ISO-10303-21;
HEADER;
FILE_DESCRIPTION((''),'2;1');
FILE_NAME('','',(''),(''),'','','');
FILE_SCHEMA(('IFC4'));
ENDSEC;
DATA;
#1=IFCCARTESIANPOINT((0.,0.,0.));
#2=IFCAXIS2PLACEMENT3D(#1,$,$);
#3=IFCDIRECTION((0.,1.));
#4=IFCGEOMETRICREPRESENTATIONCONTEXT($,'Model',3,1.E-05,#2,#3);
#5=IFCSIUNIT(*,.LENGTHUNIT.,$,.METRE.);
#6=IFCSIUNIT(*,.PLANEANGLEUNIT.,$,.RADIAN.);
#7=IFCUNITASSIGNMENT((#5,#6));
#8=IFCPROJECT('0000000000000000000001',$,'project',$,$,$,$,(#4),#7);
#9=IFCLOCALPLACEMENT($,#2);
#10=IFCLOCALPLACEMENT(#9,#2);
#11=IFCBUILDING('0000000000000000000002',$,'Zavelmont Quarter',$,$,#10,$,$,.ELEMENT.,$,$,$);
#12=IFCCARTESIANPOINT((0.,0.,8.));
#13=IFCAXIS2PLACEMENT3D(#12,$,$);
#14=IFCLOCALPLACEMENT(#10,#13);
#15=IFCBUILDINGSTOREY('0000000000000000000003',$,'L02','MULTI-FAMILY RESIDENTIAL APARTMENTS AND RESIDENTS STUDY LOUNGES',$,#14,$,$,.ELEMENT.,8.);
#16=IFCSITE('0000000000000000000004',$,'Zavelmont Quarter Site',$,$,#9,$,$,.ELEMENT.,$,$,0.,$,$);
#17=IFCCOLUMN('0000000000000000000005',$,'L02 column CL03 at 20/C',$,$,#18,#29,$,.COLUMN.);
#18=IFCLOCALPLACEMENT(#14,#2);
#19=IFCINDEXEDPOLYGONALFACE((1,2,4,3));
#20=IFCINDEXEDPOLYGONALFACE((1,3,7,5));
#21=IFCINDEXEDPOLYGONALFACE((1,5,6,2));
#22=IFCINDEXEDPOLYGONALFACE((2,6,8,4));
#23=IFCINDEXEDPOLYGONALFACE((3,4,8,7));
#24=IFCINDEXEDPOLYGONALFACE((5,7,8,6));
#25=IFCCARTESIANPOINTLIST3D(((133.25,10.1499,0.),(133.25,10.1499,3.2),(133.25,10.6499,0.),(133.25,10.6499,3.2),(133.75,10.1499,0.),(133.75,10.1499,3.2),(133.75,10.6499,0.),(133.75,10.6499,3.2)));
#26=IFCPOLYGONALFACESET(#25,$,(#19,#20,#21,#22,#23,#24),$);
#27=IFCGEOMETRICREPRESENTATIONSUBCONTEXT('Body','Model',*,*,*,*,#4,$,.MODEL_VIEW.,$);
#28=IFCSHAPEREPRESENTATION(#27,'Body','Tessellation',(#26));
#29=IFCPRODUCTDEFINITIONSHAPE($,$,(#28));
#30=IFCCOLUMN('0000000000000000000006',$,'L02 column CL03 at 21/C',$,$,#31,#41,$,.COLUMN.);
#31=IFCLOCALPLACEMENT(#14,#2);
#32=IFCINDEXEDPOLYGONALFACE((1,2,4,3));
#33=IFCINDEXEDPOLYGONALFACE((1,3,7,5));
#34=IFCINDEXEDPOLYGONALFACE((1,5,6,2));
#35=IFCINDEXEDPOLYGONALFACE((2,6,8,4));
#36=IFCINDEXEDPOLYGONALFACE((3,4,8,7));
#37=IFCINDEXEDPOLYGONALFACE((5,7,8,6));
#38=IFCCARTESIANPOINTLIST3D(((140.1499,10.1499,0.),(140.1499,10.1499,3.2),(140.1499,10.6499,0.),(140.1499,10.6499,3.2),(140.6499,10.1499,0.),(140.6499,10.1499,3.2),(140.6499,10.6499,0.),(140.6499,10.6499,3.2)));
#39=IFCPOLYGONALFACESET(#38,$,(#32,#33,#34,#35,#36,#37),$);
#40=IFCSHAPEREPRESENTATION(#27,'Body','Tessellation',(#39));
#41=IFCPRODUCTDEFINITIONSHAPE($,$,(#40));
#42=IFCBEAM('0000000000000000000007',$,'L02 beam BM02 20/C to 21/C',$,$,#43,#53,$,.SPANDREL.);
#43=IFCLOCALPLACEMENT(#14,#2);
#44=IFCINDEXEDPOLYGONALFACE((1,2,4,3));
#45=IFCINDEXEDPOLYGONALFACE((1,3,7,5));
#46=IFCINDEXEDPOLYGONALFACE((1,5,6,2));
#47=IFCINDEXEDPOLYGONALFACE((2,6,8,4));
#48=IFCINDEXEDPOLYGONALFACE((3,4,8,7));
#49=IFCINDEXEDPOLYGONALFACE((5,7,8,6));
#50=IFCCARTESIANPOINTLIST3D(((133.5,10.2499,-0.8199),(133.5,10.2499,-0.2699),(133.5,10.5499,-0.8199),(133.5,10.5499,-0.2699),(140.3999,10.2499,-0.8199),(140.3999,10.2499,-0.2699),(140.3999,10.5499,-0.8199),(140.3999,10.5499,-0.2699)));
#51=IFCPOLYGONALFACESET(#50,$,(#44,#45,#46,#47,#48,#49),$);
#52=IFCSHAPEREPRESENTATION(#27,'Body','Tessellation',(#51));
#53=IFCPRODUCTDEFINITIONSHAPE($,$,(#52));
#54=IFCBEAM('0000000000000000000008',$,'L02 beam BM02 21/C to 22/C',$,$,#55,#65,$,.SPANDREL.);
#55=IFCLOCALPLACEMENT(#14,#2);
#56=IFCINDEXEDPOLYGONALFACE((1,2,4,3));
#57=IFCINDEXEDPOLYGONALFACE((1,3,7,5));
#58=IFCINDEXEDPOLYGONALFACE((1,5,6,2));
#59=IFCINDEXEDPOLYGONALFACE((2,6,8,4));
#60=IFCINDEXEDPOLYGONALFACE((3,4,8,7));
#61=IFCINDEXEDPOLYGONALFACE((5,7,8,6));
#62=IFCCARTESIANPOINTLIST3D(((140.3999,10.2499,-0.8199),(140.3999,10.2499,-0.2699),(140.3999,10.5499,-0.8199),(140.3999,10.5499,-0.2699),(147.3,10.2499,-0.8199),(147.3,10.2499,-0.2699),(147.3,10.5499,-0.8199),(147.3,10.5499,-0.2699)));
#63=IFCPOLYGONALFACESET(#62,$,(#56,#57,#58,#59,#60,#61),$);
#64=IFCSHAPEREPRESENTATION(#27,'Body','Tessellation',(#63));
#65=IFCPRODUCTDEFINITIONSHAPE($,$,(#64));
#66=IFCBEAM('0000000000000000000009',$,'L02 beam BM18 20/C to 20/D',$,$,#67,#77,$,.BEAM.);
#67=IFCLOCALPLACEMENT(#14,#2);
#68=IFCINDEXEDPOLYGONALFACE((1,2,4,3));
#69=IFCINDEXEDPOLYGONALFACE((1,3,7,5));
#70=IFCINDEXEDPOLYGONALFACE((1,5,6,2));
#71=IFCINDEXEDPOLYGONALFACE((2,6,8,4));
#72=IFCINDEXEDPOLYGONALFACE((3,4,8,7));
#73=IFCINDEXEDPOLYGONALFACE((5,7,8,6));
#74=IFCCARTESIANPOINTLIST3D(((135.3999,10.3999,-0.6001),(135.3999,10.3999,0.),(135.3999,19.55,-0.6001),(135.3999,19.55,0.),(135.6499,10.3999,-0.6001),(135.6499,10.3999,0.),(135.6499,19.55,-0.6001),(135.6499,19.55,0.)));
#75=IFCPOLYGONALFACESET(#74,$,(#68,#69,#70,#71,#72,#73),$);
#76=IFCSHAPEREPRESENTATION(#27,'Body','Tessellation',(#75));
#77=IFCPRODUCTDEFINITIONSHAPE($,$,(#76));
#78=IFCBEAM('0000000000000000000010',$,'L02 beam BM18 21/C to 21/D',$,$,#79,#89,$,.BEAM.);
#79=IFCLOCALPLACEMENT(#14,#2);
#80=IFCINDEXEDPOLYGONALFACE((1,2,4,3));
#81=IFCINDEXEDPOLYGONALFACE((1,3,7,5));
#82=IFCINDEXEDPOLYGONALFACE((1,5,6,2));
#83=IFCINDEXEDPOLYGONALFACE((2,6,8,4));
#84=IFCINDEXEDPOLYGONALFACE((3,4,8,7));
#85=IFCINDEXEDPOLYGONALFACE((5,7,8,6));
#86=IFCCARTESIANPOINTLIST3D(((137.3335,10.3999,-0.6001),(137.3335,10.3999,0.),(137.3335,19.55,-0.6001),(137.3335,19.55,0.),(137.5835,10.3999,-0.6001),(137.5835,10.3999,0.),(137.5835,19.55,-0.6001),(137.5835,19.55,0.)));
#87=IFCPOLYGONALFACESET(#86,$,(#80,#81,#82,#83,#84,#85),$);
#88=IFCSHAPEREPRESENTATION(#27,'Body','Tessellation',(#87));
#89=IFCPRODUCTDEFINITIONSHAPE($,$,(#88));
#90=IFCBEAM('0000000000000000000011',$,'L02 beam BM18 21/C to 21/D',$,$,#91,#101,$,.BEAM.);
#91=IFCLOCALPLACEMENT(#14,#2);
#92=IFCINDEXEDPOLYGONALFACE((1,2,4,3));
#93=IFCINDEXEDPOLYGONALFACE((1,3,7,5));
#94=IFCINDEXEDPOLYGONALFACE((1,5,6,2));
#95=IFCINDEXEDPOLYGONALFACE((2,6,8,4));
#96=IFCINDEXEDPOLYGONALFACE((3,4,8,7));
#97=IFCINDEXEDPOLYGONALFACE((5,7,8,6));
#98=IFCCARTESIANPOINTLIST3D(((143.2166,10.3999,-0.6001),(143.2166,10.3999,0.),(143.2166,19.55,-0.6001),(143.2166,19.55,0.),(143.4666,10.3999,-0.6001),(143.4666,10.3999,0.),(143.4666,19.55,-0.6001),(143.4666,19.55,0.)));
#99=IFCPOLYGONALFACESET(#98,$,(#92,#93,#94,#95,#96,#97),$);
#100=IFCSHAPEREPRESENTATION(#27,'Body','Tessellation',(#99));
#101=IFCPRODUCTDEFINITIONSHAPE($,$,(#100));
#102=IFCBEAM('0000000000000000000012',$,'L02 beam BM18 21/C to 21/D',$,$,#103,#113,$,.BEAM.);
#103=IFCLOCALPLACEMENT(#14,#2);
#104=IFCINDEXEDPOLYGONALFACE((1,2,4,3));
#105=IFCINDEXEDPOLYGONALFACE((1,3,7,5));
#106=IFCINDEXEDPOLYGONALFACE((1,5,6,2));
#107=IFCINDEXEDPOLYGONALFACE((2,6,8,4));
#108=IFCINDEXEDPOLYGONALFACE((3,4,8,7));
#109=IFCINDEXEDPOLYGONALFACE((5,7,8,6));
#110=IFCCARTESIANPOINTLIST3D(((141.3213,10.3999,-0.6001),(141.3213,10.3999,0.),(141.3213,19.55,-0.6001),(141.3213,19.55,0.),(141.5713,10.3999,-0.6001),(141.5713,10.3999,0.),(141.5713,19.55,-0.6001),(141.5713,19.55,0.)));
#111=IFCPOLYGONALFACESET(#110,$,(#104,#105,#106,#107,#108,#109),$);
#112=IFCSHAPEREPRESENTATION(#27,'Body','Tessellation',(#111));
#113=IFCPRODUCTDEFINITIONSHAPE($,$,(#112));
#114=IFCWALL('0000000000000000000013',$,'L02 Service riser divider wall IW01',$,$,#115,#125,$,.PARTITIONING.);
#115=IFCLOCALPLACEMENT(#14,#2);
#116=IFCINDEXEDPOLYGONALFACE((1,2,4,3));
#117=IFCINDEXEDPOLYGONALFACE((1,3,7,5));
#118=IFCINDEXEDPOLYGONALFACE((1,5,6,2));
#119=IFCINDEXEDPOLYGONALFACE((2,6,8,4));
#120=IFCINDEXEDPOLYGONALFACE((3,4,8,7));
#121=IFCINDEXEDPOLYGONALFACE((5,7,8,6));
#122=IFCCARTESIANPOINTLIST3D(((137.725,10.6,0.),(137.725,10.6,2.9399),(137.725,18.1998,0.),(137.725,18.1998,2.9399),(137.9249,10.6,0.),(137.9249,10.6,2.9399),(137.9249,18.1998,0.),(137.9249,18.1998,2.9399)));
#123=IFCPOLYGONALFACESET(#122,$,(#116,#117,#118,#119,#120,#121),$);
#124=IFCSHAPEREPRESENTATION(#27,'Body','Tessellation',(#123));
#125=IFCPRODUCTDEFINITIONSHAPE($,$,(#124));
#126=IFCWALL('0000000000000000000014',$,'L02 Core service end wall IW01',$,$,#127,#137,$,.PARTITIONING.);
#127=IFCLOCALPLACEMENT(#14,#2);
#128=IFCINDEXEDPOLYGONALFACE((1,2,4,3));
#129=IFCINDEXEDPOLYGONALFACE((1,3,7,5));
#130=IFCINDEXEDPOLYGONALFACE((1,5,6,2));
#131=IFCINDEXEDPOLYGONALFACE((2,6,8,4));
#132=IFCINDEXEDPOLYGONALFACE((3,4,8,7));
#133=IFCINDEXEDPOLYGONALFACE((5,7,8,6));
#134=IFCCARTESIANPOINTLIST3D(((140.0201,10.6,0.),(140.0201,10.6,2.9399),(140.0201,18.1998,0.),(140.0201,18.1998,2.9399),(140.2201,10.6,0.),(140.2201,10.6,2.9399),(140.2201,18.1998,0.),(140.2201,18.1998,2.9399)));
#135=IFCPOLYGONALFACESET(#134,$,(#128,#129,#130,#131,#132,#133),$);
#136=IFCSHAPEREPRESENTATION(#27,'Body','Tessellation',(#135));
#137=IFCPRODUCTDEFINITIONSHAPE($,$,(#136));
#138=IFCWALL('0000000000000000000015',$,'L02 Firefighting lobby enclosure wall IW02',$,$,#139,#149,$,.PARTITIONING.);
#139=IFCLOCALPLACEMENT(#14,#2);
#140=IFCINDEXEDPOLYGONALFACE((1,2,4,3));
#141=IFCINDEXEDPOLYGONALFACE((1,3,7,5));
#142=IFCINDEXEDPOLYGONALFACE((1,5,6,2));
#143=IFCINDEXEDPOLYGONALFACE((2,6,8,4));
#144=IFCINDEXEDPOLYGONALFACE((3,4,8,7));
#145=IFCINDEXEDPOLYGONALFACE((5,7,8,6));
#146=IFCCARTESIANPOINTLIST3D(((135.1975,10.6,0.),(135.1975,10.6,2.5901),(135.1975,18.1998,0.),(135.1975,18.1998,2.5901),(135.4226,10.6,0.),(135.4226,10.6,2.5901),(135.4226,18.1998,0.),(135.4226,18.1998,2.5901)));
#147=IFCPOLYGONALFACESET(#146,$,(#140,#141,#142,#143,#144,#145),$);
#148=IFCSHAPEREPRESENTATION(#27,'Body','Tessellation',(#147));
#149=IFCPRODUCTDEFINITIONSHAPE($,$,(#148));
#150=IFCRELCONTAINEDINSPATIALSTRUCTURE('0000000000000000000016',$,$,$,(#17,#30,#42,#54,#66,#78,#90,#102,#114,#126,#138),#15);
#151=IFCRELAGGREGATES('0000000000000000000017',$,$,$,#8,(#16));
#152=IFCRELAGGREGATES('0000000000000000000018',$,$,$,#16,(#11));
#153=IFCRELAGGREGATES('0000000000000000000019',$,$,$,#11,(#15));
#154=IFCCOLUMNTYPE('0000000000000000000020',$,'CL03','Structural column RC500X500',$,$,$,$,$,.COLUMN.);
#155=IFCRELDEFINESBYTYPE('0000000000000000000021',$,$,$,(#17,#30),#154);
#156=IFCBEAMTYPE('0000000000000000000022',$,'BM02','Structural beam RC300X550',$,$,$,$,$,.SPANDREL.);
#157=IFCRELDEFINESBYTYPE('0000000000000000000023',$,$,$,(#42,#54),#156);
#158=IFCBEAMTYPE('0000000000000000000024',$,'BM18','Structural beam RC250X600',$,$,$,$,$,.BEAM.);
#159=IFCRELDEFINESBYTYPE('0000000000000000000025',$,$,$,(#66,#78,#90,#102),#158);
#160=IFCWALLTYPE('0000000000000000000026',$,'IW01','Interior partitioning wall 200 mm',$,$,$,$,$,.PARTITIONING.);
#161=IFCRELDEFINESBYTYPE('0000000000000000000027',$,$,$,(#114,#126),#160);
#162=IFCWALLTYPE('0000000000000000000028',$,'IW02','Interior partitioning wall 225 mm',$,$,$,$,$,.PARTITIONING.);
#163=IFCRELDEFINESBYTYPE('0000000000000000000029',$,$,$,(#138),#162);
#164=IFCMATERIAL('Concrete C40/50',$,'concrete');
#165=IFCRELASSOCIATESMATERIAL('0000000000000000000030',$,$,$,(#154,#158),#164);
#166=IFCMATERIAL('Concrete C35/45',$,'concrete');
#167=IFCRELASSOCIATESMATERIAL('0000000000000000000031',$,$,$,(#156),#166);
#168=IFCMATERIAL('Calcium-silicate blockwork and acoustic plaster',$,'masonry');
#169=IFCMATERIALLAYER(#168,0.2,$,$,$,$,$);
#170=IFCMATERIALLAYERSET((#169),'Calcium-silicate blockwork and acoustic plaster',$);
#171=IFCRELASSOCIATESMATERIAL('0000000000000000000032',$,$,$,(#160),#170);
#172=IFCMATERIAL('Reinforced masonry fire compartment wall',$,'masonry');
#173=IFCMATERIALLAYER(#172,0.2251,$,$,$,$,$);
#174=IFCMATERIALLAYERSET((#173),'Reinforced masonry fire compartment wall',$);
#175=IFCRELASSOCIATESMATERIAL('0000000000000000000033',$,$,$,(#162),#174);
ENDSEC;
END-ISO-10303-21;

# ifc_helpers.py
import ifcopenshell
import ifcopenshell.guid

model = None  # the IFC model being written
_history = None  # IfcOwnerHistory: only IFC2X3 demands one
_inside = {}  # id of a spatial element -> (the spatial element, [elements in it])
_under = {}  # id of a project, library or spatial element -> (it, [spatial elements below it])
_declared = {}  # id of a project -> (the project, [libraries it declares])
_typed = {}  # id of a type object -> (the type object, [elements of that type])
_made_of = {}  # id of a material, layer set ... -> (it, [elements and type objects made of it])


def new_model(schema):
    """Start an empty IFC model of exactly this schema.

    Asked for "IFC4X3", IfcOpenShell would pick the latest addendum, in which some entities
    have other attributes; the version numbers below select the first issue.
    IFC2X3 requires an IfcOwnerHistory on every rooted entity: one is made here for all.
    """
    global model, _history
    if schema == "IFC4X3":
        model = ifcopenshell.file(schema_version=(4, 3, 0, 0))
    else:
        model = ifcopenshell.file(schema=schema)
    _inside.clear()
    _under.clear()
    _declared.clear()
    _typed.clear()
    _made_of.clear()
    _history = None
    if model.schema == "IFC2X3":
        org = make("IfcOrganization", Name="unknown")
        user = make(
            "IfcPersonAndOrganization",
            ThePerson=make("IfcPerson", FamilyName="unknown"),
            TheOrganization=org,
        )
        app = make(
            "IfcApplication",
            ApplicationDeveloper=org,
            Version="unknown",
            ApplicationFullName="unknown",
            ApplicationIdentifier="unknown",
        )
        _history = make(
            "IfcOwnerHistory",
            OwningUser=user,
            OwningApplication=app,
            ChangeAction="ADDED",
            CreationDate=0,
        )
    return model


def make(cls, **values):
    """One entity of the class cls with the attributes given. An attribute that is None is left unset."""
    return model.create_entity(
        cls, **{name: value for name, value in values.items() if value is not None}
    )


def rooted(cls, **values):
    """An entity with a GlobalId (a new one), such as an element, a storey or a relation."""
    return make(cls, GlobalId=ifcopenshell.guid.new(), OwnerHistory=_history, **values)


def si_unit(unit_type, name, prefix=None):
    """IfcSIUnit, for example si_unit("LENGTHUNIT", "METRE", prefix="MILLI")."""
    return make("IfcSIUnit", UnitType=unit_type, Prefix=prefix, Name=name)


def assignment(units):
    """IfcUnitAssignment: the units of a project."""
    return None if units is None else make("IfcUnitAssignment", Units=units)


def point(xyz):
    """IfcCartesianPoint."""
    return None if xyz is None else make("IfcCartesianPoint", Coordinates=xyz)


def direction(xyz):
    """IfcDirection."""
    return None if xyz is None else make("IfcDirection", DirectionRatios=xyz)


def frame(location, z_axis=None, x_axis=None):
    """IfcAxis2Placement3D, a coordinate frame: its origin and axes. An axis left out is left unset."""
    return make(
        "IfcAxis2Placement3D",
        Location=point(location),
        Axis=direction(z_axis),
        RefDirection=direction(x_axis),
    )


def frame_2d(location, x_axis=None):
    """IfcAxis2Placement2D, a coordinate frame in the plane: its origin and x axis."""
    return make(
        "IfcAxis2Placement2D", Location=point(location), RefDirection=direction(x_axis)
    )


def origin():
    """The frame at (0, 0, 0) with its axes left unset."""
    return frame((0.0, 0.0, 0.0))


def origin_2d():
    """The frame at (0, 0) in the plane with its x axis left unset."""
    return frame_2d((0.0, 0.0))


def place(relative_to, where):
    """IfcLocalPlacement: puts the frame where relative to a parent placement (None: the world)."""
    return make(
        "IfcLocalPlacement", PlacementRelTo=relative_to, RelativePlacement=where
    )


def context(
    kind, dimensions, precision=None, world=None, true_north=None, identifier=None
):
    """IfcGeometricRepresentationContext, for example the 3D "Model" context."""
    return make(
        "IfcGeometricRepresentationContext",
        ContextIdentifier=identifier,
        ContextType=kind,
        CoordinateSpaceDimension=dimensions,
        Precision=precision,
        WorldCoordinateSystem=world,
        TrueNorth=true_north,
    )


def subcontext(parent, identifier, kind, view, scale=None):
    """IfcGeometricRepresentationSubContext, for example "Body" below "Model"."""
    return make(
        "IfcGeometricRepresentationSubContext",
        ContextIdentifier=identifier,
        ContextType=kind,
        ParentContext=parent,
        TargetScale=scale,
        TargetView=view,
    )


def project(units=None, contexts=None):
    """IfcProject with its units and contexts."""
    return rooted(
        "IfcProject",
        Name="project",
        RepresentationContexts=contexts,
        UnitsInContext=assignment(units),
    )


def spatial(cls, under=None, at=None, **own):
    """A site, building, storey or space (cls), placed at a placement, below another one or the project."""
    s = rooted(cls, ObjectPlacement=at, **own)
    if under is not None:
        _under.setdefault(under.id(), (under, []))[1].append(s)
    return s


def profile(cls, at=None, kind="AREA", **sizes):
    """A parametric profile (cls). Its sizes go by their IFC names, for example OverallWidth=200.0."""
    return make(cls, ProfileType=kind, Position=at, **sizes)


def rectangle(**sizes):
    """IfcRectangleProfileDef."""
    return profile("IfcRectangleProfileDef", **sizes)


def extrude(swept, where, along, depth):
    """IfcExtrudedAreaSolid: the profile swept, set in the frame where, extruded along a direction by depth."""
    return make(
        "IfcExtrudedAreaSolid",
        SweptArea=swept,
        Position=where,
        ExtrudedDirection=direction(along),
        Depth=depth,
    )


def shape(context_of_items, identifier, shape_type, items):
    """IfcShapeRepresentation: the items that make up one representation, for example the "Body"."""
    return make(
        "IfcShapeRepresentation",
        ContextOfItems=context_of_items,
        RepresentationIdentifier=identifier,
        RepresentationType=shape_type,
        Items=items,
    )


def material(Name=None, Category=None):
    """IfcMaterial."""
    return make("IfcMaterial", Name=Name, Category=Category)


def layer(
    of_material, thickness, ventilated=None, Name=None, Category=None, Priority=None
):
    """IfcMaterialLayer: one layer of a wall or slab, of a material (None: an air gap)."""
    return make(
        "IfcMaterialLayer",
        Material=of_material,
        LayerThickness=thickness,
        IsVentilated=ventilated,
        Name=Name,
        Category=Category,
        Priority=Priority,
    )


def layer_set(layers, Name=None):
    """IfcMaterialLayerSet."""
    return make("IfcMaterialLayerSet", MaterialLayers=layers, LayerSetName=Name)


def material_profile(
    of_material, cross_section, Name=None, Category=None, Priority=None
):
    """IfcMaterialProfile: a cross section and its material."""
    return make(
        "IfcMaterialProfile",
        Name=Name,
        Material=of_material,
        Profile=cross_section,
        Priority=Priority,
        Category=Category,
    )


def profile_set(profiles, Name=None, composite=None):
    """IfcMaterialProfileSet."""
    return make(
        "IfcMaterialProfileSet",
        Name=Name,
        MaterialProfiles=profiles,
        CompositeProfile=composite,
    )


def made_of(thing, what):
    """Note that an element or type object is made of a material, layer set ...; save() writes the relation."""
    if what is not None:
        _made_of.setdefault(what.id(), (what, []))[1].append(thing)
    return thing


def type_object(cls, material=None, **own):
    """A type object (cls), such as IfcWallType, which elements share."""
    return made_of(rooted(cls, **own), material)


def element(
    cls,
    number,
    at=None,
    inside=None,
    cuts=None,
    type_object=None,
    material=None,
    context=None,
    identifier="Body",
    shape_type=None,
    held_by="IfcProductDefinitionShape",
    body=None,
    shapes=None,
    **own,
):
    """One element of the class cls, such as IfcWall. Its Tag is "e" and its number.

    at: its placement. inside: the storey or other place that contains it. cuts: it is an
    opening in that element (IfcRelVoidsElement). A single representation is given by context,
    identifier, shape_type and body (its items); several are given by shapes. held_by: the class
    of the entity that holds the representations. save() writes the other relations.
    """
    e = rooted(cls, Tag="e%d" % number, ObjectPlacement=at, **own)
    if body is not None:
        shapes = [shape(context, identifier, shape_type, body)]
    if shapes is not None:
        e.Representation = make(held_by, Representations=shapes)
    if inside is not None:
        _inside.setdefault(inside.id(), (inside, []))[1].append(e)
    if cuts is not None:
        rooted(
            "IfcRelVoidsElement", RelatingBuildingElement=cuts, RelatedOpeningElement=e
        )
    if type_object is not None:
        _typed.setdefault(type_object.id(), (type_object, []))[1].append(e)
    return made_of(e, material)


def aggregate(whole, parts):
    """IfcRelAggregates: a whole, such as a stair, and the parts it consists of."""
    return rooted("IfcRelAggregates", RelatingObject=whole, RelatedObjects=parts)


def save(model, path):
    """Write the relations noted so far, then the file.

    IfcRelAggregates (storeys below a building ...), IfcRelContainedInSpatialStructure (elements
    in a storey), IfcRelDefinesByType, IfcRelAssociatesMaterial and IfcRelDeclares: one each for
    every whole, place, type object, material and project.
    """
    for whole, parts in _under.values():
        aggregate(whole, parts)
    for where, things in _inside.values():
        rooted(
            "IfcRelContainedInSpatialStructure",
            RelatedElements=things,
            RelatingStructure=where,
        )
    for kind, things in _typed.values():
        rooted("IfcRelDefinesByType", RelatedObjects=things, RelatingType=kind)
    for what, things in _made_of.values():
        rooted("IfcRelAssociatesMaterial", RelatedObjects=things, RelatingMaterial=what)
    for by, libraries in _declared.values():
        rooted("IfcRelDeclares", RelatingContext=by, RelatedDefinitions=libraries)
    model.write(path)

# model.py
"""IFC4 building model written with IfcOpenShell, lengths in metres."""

from ifc_helpers import new_model, si_unit, direction, frame, frame_2d, origin, origin_2d, place, context, subcontext, project, spatial, rectangle, extrude, material, layer, layer_set, material_profile, profile_set, type_object, element, save


model = new_model("IFC4")

# Units and contexts
model_context = context("Model", 3, precision=1e-05, world=origin(), true_north=direction((0.0, 1.0)))
body_context = subcontext(model_context, "Body", "Model", "MODEL_VIEW")
ifc_project = project(units=[si_unit("LENGTHUNIT", "METRE"), si_unit("PLANEANGLEUNIT", "RADIAN")], contexts=[model_context])

# Site, building, storey
site_placement = place(None, origin())
site = spatial("IfcSite", under=ifc_project, at=site_placement, Name="Zavelmont Quarter Site", CompositionType="ELEMENT", RefElevation=0.0)
building_placement = place(site_placement, origin())
building = spatial("IfcBuilding", under=site, at=building_placement, Name="Zavelmont Quarter", CompositionType="ELEMENT")
storey_placement = place(building_placement, frame((0.0, 0.0, 8.0)))
storey = spatial("IfcBuildingStorey", under=building, at=storey_placement, Name="L02", Description="MULTI-FAMILY RESIDENTIAL APARTMENTS AND RESIDENTS STUDY LOUNGES", CompositionType="ELEMENT", Elevation=8.0)

# Columns
ifc_material_1 = material(Name="Concrete C40/50", Category="concrete")
ifc_material_profile_1 = material_profile(ifc_material_1, rectangle(XDim=0.5, YDim=0.5, at=origin_2d()), Name="RC500X500")
ifc_profile_set_1 = profile_set([ifc_material_profile_1], Name="Concrete C40/50")
column_type = type_object("IfcColumnType", Name="CL03", Description="Structural column RC500X500", PredefinedType="COLUMN", material=ifc_profile_set_1)
for number, where, z_axis, x_axis, name in (
    (1, (133.5, 10.3999, 0.0), (0.0, 0.0, 1.0), (1.0, 0.0, 0.0), "L02 column CL03 at 20/C"),
    (2, (140.3999, 10.3999, 0.0), (0.0, 0.0, 1.0), (1.0, 0.0, 0.0), "L02 column CL03 at 21/C"),
):
    element("IfcColumn", number, at=place(storey_placement, frame(where, z_axis=z_axis, x_axis=x_axis)), inside=storey, type_object=column_type, Name=name, PredefinedType="COLUMN", context=body_context, shape_type="SweptSolid", body=[
        extrude(rectangle(XDim=0.5, YDim=0.5, at=origin_2d()), origin(), (0.0, 0.0, 1.0), 3.2),
    ])

# Beams
ifc_material_2 = material(Name="Concrete C35/45", Category="concrete")
ifc_material_profile_2 = material_profile(ifc_material_2, rectangle(XDim=0.3, YDim=0.55, at=origin_2d()), Name="RC300X550")
ifc_profile_set_2 = profile_set([ifc_material_profile_2], Name="Concrete C35/45")
beam_type_1 = type_object("IfcBeamType", Name="BM02", Description="Structural beam RC300X550", PredefinedType="SPANDREL", material=ifc_profile_set_2)
beam_1_placement = place(storey_placement, frame((133.5, 10.3999, -0.5449), z_axis=(1.0, 0.0, 0.0), x_axis=(0.0, 1.0, 0.0)))
element("IfcBeam", 3, at=beam_1_placement, inside=storey, type_object=beam_type_1, Name="L02 beam BM02 20/C to 21/C", PredefinedType="SPANDREL", context=body_context, shape_type="SweptSolid", body=[
    extrude(rectangle(XDim=0.3, YDim=0.55, at=origin_2d()), origin(), (0.0, 0.0, 1.0), 6.8999),
])
beam_2_placement = place(storey_placement, frame((140.3999, 10.3999, -0.5449), z_axis=(1.0, 0.0, 0.0), x_axis=(0.0, 1.0, 0.0)))
element("IfcBeam", 4, at=beam_2_placement, inside=storey, type_object=beam_type_1, Name="L02 beam BM02 21/C to 22/C", PredefinedType="SPANDREL", context=body_context, shape_type="SweptSolid", body=[
    extrude(rectangle(XDim=0.3, YDim=0.55, at=origin_2d()), origin(), (0.0, 0.0, 1.0), 6.9001),
])
ifc_material_profile_3 = material_profile(ifc_material_1, rectangle(XDim=0.25, YDim=0.6001, at=origin_2d()), Name="RC250X600")
ifc_profile_set_3 = profile_set([ifc_material_profile_3], Name="Concrete C40/50")
beam_type_2 = type_object("IfcBeamType", Name="BM18", Description="Structural beam RC250X600", PredefinedType="BEAM", material=ifc_profile_set_3)
for number, where, z_axis, x_axis, name in (
    (5, (135.5249, 10.3999, -0.3), (0.0, 1.0, 0.0), (-1.0, 0.0, 0.0), "L02 beam BM18 20/C to 20/D"),
    (6, (137.4585, 10.3999, -0.3), (0.0, 1.0, 0.0), (-1.0, 0.0, 0.0), "L02 beam BM18 21/C to 21/D"),
    (7, (143.3416, 10.3999, -0.3), (0.0, 1.0, 0.0), (-1.0, 0.0, 0.0), "L02 beam BM18 21/C to 21/D"),
    (8, (141.4463, 10.3999, -0.3), (0.0, 1.0, 0.0), (-1.0, 0.0, 0.0), "L02 beam BM18 21/C to 21/D"),
):
    element("IfcBeam", number, at=place(storey_placement, frame(where, z_axis=z_axis, x_axis=x_axis)), inside=storey, type_object=beam_type_2, Name=name, PredefinedType="BEAM", context=body_context, shape_type="SweptSolid", body=[
        extrude(rectangle(XDim=0.25, YDim=0.6001, at=origin_2d()), origin(), (0.0, 0.0, 1.0), 9.1501),
    ])

# Walls
ifc_material_3 = material(Name="Calcium-silicate blockwork and acoustic plaster", Category="masonry")
ifc_layer_1 = layer(ifc_material_3, 0.2)
ifc_layer_set_1 = layer_set([ifc_layer_1], Name="Calcium-silicate blockwork and acoustic plaster")
wall_type_1 = type_object("IfcWallType", Name="IW01", Description="Interior partitioning wall 200 mm", PredefinedType="PARTITIONING", material=ifc_layer_set_1)
for number, where, z_axis, x_axis, name in (
    (9, (137.825, 10.6001, 0.0), (0.0, 0.0, 1.0), (0.0, 1.0, 0.0), "L02 Service riser divider wall IW01"),
    (10, (140.1201, 10.6001, 0.0), (0.0, 0.0, 1.0), (0.0, 1.0, 0.0), "L02 Core service end wall IW01"),
):
    element("IfcWall", number, at=place(storey_placement, frame(where, z_axis=z_axis, x_axis=x_axis)), inside=storey, type_object=wall_type_1, Name=name, PredefinedType="PARTITIONING", context=body_context, shape_type="SweptSolid", body=[
        extrude(rectangle(XDim=7.5999, YDim=0.2, at=frame_2d((3.7998, 0.0))), origin(), (0.0, 0.0, 1.0), 2.9399),
    ])

# Wall
ifc_material_4 = material(Name="Reinforced masonry fire compartment wall", Category="masonry")
ifc_layer_2 = layer(ifc_material_4, 0.2251)
ifc_layer_set_2 = layer_set([ifc_layer_2], Name="Reinforced masonry fire compartment wall")
wall_type_2 = type_object("IfcWallType", Name="IW02", Description="Interior partitioning wall 225 mm", PredefinedType="PARTITIONING", material=ifc_layer_set_2)
wall_1_placement = place(storey_placement, frame((135.3101, 10.6001, 0.0), z_axis=(0.0, 0.0, 1.0), x_axis=(0.0, 1.0, 0.0)))
element("IfcWall", 11, at=wall_1_placement, inside=storey, type_object=wall_type_2, Name="L02 Firefighting lobby enclosure wall IW02", PredefinedType="PARTITIONING", context=body_context, shape_type="SweptSolid", body=[
    extrude(rectangle(XDim=7.5999, YDim=0.2251, at=frame_2d((3.7998, 0.0))), origin(), (0.0, 0.0, 1.0), 2.5901),
])

save(model, "model.ifc")
